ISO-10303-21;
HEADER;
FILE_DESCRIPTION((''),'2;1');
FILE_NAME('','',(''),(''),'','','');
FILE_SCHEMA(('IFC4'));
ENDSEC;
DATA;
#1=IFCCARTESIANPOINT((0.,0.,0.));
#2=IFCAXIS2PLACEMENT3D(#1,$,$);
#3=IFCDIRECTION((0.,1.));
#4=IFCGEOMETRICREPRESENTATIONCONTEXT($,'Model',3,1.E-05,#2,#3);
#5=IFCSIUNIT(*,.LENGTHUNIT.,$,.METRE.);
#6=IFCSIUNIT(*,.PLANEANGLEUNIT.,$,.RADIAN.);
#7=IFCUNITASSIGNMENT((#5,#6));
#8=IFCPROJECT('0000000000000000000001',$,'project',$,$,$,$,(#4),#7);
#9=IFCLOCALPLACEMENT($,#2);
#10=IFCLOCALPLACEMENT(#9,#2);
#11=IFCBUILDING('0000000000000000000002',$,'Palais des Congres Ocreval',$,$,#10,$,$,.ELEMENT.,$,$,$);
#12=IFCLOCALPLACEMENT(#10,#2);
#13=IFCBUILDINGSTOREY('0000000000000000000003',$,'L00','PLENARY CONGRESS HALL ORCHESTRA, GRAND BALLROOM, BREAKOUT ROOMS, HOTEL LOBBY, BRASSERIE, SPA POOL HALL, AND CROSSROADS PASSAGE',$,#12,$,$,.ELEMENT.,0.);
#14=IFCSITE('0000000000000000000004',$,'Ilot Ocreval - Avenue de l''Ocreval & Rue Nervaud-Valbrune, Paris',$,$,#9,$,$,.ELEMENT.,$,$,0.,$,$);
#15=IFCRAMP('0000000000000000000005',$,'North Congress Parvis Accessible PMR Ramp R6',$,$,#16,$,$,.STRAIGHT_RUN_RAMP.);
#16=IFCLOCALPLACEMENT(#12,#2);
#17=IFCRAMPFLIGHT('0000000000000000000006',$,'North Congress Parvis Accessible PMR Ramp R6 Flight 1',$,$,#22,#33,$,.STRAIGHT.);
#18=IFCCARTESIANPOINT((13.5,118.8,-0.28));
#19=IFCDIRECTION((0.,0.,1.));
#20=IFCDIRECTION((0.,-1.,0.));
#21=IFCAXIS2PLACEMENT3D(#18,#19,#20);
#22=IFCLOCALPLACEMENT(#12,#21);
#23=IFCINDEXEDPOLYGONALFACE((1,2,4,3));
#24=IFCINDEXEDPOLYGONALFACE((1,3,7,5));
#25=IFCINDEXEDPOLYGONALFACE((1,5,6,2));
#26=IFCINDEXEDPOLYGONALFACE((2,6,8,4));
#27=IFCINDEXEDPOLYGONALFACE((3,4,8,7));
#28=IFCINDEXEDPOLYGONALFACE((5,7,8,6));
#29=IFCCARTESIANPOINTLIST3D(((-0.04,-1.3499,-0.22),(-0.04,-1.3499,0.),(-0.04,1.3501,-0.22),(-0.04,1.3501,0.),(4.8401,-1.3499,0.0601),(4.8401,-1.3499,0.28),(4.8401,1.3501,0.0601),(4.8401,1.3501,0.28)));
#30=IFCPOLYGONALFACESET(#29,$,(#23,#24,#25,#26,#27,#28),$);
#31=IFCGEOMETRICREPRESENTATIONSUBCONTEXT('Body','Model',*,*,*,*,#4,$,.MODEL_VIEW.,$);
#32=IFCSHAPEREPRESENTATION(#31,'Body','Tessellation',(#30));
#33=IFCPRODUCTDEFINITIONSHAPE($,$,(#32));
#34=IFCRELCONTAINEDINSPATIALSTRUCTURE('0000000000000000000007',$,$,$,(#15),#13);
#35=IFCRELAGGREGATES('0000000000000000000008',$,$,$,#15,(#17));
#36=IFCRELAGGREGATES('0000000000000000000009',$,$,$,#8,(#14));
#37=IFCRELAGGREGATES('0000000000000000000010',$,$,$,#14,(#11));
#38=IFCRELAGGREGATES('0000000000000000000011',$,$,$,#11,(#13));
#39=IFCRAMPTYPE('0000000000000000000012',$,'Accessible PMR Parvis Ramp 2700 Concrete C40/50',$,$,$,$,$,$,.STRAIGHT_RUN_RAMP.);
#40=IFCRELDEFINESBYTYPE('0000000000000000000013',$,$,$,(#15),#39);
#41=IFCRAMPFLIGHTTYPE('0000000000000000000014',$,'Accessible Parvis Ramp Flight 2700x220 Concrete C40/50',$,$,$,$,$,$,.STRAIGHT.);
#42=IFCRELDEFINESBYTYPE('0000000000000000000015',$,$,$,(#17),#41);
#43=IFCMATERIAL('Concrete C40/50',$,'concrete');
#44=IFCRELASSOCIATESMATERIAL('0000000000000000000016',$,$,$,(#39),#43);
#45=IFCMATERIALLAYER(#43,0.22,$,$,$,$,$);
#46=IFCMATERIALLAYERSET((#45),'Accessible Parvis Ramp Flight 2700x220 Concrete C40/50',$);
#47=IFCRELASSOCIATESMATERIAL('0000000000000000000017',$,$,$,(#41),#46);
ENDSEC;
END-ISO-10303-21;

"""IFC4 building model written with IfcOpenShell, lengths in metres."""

from ifc_helpers import new_model, si_unit, direction, frame, origin, place, context, subcontext, project, spatial, polyline, outline, extrude, material, layer, layer_set, type_object, element, aggregate, save


model = new_model("IFC4")

# Units and contexts
model_context = context("Model", 3, precision=1e-05, world=origin(), true_north=direction((0.0, 1.0)))
body_context = subcontext(model_context, "Body", "Model", "MODEL_VIEW")
ifc_project = project(units=[si_unit("LENGTHUNIT", "METRE"), si_unit("PLANEANGLEUNIT", "RADIAN")], contexts=[model_context])

# Site, building, storey
site_placement = place(None, origin())
site = spatial("IfcSite", under=ifc_project, at=site_placement, Name="Ilot Ocreval - Avenue de l'Ocreval & Rue Nervaud-Valbrune, Paris", CompositionType="ELEMENT", RefElevation=0.0)
building_placement = place(site_placement, origin())
building = spatial("IfcBuilding", under=site, at=building_placement, Name="Palais des Congres Ocreval", CompositionType="ELEMENT")
storey_placement = place(building_placement, origin())
storey = spatial("IfcBuildingStorey", under=building, at=storey_placement, Name="L00", Description="PLENARY CONGRESS HALL ORCHESTRA, GRAND BALLROOM, BREAKOUT ROOMS, HOTEL LOBBY, BRASSERIE, SPA POOL HALL, AND CROSSROADS PASSAGE", CompositionType="ELEMENT", Elevation=0.0)

# Shared definitions
ifc_material_1 = material(Name="Concrete C40/50", Category="concrete")

# Ramp, ramp flight
ramp_type = type_object("IfcRampType", Name="Accessible PMR Parvis Ramp 2700 Concrete C40/50", PredefinedType="STRAIGHT_RUN_RAMP", material=ifc_material_1)
ramp_placement = place(storey_placement, origin())
ramp = element("IfcRamp", 1, at=ramp_placement, inside=storey, type_object=ramp_type, Name="North Congress Parvis Accessible PMR Ramp R6", PredefinedType="STRAIGHT_RUN_RAMP")
ifc_layer_1 = layer(ifc_material_1, 0.22)
ifc_layer_set_1 = layer_set([ifc_layer_1], Name="Accessible Parvis Ramp Flight 2700x220 Concrete C40/50")
ramp_flight_type = type_object("IfcRampFlightType", Name="Accessible Parvis Ramp Flight 2700x220 Concrete C40/50", PredefinedType="STRAIGHT", material=ifc_layer_set_1)
ramp_flight_placement = place(storey_placement, frame((13.5, 118.8, -0.28), z_axis=(0.0, 0.0, 1.0), x_axis=(0.0, -1.0, 0.0)))
ramp_flight = element("IfcRampFlight", 2, at=ramp_flight_placement, type_object=ramp_flight_type, Name="North Congress Parvis Accessible PMR Ramp R6 Flight 1", PredefinedType="STRAIGHT", context=body_context, shape_type="SweptSolid", body=[
    extrude(outline(polyline([(-0.04, 0.0), (4.8401, 0.28), (4.8401, 0.0601), (-0.04, -0.22), (-0.04, 0.0)])), frame((0.0, 1.3501, 0.0), z_axis=(0.0, -1.0, 0.0), x_axis=(1.0, 0.0, 0.0)), (0.0, 0.0, 1.0), 2.7),
])
aggregate(ramp, [ramp_flight])

save(model, "model.ifc")
